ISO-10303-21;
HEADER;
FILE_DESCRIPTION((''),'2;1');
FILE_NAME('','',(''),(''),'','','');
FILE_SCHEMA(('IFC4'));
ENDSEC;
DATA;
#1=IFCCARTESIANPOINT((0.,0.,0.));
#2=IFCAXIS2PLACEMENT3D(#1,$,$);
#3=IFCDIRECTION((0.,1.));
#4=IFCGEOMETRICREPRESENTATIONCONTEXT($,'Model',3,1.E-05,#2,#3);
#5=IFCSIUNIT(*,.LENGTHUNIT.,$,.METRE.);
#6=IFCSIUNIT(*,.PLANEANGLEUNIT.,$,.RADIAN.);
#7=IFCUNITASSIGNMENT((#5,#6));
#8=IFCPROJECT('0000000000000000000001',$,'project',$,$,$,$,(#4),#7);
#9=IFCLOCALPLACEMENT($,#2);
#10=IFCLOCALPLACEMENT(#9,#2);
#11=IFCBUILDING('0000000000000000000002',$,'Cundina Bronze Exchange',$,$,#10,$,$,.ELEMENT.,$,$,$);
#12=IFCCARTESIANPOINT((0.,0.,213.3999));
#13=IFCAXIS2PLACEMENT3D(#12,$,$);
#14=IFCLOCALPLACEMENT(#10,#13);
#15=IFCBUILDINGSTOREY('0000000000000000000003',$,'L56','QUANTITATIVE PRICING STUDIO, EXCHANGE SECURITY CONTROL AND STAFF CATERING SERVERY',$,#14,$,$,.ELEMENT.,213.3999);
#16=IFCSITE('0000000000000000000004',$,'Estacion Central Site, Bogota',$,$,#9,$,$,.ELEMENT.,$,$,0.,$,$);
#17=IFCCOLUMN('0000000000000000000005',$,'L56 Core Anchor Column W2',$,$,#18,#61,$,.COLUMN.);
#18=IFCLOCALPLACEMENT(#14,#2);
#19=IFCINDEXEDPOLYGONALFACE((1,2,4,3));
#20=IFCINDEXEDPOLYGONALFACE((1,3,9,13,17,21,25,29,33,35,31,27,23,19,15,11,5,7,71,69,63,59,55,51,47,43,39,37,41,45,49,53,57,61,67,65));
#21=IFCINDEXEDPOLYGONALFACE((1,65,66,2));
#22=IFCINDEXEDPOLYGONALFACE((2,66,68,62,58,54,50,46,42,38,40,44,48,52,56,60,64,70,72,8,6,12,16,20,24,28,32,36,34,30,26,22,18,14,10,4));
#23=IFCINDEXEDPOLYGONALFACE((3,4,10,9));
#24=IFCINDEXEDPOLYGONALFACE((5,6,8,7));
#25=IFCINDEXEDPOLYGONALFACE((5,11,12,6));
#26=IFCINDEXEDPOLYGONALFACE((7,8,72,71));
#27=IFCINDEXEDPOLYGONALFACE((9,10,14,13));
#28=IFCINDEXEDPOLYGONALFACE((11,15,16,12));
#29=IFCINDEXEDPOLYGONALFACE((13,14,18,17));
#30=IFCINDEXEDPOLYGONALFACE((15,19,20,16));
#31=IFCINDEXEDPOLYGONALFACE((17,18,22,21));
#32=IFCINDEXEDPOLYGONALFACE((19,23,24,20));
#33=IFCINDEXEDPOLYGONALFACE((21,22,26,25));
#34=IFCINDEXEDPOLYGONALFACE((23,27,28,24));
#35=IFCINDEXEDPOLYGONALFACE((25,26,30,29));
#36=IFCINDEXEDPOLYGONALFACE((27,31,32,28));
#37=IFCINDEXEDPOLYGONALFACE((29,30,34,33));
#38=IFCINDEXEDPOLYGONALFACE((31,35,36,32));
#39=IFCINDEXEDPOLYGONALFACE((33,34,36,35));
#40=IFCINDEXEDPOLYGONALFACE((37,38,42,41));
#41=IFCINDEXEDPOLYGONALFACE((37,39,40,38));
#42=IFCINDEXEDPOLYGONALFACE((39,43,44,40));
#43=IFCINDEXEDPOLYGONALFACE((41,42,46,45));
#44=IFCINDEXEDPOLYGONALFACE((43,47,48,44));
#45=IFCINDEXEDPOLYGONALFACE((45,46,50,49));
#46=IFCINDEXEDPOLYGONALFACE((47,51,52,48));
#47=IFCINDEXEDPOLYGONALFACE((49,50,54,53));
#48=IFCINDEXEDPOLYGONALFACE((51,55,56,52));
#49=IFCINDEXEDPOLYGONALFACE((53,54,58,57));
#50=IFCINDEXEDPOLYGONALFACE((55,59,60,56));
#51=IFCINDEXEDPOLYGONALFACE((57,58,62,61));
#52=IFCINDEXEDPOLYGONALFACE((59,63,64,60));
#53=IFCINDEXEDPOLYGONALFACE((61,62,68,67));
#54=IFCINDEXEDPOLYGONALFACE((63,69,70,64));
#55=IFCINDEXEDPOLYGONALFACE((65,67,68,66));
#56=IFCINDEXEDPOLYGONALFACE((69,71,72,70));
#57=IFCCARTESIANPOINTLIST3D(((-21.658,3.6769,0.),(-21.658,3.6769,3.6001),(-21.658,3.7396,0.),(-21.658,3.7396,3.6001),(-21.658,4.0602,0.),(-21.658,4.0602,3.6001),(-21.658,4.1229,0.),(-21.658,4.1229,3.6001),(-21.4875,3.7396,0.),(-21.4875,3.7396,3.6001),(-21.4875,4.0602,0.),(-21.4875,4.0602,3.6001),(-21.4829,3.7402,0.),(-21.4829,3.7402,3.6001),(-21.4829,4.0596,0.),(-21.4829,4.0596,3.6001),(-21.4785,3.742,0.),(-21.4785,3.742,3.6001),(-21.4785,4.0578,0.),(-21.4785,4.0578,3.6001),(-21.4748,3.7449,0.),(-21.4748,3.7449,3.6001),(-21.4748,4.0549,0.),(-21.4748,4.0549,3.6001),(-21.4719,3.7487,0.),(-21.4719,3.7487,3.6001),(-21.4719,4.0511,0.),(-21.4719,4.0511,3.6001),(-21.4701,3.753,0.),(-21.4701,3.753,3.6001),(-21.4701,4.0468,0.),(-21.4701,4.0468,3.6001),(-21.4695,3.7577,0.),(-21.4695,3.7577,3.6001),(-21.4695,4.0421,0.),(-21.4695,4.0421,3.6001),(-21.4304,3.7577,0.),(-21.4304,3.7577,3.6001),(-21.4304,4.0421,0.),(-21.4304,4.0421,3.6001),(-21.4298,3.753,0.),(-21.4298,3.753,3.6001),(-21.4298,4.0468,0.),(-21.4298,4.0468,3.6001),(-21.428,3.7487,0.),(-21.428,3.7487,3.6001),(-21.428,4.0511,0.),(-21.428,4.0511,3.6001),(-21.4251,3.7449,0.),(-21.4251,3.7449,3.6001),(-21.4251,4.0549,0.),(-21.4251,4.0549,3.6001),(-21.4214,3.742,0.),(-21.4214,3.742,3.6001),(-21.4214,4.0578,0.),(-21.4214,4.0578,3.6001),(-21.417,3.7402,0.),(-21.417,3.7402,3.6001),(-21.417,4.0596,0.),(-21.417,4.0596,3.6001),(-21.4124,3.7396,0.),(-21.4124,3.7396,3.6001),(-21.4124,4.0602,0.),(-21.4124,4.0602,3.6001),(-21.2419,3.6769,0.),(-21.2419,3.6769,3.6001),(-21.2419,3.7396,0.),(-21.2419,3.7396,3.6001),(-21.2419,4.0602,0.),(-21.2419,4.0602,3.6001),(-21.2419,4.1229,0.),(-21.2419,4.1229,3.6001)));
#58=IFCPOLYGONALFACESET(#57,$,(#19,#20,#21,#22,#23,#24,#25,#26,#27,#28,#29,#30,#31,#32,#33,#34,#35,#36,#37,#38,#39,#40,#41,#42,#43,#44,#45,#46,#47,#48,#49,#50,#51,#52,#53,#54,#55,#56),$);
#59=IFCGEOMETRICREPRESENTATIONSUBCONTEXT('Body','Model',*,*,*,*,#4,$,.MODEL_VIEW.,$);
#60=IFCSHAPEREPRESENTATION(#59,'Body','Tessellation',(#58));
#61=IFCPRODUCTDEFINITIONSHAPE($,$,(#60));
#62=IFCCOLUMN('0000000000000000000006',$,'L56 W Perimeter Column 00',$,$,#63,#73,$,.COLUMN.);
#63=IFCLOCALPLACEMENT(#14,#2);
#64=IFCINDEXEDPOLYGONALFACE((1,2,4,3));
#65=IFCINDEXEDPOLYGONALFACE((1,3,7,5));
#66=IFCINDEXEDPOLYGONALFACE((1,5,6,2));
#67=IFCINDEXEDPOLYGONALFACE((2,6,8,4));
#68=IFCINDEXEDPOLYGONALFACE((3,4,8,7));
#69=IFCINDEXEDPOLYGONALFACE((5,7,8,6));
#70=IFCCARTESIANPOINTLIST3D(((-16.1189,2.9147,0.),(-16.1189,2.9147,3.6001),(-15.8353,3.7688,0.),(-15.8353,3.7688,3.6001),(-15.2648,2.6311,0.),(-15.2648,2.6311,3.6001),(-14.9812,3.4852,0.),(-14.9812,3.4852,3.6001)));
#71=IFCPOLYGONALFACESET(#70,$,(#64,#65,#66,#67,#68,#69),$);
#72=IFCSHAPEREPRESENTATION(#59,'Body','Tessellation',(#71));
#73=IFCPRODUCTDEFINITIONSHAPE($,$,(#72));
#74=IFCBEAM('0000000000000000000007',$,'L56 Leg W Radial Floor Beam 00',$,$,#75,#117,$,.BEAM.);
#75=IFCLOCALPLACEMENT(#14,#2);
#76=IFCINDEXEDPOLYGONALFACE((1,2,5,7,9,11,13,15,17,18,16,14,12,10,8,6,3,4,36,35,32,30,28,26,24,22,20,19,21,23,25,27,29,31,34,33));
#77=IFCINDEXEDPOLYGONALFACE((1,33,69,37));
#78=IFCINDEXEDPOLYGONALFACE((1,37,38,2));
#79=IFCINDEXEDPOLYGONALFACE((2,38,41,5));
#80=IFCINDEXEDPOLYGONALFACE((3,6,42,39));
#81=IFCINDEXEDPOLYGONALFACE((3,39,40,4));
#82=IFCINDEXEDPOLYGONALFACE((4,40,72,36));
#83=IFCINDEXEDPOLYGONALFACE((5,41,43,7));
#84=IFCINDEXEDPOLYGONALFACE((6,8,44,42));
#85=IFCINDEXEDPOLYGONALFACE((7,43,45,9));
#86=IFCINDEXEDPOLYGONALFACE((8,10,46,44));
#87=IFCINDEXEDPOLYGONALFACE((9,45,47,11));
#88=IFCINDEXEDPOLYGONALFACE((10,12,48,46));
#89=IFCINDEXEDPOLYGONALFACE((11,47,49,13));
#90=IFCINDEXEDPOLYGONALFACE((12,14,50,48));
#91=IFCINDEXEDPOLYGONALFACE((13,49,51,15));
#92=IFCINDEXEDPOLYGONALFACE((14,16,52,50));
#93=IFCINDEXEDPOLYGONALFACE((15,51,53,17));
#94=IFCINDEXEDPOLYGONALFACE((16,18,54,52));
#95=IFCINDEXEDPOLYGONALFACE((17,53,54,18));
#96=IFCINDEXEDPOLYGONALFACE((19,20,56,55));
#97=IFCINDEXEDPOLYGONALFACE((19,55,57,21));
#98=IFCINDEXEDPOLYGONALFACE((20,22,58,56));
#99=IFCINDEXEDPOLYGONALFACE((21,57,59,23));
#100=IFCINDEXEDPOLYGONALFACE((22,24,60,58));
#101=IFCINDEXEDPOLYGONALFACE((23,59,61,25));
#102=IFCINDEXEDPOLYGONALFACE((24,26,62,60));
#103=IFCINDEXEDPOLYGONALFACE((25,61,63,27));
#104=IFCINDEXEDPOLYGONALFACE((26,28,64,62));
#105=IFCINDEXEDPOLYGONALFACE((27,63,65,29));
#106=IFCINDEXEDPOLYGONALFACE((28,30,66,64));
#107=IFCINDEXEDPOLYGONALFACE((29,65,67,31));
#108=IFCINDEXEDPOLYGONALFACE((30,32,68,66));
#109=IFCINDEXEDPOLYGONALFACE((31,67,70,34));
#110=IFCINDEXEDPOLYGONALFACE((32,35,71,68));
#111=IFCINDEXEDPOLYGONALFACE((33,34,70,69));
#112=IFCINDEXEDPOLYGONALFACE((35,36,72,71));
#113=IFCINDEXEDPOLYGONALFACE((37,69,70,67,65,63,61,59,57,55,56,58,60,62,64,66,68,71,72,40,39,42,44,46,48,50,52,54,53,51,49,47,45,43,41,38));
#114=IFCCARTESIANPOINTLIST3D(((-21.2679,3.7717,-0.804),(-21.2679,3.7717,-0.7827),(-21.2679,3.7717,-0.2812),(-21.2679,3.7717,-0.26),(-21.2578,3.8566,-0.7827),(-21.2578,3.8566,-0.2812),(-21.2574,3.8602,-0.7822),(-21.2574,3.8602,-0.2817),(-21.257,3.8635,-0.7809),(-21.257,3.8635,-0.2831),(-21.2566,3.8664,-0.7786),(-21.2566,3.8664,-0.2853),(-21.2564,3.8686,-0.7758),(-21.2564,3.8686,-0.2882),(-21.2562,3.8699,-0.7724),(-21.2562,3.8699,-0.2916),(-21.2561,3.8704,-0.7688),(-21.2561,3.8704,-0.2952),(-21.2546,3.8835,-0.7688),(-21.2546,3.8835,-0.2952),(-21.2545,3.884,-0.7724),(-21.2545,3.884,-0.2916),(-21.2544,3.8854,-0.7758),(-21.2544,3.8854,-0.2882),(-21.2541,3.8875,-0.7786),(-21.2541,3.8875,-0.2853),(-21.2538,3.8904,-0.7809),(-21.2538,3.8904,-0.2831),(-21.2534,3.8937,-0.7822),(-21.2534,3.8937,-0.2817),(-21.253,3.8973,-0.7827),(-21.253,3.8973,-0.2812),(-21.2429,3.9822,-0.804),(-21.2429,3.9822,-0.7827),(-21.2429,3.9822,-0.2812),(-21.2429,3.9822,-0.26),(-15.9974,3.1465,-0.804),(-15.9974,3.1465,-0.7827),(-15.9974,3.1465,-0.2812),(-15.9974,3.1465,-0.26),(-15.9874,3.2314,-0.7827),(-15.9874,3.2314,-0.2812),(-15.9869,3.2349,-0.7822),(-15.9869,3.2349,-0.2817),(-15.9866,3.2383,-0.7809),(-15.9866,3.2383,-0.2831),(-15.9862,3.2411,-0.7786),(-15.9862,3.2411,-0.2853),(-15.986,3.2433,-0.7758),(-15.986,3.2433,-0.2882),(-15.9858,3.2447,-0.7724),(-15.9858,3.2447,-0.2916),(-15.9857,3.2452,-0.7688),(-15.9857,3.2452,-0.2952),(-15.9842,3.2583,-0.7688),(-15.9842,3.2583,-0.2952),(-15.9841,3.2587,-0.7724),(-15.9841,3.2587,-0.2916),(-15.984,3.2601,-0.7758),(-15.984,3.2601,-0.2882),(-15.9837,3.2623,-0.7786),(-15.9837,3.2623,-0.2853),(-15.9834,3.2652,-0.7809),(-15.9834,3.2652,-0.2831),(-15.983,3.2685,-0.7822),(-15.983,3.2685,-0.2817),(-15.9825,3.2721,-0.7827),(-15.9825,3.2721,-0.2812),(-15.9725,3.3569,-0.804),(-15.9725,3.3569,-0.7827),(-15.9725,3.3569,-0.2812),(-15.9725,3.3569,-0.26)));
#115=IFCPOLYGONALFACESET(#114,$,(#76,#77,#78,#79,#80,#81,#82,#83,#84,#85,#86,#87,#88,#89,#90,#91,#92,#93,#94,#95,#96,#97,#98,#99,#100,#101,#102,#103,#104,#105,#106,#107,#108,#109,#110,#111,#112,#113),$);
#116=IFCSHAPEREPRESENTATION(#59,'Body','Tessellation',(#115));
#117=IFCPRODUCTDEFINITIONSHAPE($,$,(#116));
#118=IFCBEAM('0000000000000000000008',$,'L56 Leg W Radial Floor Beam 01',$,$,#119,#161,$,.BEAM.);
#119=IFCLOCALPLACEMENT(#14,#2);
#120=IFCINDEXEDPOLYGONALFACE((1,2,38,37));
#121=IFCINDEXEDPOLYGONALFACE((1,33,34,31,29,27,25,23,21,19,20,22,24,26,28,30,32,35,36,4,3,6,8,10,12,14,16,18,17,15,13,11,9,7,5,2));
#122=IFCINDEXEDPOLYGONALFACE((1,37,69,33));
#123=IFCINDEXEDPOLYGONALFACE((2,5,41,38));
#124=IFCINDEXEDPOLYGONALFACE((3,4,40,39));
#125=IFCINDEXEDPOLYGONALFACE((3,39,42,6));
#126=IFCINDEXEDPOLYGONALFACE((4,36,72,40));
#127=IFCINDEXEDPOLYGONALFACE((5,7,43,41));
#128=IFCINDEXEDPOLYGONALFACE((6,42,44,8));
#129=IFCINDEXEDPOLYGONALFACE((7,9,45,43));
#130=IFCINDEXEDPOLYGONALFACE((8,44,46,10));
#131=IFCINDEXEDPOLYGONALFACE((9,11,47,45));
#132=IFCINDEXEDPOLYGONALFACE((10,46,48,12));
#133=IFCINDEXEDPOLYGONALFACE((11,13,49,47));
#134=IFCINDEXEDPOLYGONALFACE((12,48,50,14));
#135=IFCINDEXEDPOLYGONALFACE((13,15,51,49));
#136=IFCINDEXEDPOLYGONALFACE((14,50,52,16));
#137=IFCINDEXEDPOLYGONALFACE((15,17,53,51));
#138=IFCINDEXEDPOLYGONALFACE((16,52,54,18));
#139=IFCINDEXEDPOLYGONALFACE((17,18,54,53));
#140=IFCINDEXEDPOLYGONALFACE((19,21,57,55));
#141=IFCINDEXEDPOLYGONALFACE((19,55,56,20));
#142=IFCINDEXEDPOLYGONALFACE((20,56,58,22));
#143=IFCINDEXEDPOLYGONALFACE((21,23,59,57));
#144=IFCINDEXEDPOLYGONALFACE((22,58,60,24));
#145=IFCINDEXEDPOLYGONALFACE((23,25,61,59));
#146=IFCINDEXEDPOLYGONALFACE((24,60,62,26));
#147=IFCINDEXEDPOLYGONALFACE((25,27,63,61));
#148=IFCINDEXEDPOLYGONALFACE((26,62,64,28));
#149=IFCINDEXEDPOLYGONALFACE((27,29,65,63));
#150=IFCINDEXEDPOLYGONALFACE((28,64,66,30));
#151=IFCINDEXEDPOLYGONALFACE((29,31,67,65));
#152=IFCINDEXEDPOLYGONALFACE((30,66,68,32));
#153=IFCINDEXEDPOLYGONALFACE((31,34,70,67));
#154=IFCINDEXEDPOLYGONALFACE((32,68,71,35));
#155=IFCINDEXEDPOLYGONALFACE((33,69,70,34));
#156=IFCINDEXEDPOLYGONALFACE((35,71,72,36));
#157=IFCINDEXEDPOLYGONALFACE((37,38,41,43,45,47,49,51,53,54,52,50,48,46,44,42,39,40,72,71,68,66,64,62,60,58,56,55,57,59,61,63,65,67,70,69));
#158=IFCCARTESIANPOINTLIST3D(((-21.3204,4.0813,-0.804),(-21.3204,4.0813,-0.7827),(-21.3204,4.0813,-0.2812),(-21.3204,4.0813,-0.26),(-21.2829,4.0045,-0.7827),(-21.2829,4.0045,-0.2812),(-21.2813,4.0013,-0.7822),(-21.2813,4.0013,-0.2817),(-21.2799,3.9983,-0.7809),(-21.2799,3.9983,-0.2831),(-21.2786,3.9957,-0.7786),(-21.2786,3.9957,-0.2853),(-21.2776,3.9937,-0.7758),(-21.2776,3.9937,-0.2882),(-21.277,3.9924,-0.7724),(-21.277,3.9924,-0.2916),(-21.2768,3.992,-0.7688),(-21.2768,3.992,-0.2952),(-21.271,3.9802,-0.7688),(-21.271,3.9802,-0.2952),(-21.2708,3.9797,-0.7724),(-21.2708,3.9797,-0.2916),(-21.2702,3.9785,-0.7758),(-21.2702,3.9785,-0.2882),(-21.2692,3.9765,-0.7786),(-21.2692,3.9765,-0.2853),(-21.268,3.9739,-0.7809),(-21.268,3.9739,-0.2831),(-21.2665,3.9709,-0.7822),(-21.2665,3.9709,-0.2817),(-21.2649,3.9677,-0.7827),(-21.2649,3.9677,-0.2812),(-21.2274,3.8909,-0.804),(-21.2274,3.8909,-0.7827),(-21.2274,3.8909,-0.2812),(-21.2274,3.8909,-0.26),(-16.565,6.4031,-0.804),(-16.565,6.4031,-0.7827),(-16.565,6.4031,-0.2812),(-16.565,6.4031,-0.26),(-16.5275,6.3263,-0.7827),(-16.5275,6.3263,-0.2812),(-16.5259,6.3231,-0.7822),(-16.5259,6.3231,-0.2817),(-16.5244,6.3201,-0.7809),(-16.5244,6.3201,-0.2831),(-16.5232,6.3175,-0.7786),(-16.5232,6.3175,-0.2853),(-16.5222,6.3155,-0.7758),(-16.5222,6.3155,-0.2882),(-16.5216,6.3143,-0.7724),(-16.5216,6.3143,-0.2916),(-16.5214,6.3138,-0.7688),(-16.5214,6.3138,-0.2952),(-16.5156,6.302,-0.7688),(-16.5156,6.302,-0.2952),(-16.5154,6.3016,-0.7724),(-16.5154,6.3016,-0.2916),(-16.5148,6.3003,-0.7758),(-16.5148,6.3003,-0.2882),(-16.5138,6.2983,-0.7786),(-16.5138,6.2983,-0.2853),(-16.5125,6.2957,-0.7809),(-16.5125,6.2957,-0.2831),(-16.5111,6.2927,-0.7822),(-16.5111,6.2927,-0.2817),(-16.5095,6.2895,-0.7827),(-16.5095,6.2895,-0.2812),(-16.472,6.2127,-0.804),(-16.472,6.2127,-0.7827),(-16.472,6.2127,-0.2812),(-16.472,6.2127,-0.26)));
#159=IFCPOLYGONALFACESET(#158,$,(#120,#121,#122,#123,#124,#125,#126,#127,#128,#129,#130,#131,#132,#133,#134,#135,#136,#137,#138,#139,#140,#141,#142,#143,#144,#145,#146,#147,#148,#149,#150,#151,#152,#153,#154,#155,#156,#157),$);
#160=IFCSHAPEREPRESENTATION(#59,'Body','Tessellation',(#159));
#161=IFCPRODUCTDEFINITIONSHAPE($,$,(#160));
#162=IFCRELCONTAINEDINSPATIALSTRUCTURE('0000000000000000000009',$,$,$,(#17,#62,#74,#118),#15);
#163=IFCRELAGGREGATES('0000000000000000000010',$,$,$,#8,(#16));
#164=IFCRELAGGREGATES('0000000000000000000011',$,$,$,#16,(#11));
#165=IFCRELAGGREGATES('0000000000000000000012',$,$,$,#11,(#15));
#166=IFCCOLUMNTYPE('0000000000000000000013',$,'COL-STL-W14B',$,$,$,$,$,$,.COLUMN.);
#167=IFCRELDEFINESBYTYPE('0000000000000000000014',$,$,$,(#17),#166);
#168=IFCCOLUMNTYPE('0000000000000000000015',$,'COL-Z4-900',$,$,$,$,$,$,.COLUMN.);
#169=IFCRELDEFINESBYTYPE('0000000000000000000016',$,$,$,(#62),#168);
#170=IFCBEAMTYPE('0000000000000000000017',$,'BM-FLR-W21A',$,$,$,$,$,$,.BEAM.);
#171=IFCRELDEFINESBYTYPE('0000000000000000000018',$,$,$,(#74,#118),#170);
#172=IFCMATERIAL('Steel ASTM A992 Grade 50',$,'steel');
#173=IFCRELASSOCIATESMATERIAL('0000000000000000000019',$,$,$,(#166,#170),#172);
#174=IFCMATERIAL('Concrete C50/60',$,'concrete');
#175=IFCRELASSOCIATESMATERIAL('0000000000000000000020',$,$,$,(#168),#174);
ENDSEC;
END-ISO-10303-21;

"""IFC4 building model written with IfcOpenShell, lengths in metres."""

from ifc_helpers import new_model, si_unit, direction, frame, origin, origin_2d, place, context, subcontext, project, spatial, rectangle, i_section, extrude, material, material_profile, profile_set, type_object, element, save


model = new_model("IFC4")

# Units and contexts
model_context = context("Model", 3, precision=1e-05, world=origin(), true_north=direction((0.0, 1.0)))
body_context = subcontext(model_context, "Body", "Model", "MODEL_VIEW")
ifc_project = project(units=[si_unit("LENGTHUNIT", "METRE"), si_unit("PLANEANGLEUNIT", "RADIAN")], contexts=[model_context])

# Site, building, storey
site_placement = place(None, origin())
site = spatial("IfcSite", under=ifc_project, at=site_placement, Name="Estacion Central Site, Bogota", CompositionType="ELEMENT", RefElevation=0.0)
building_placement = place(site_placement, origin())
building = spatial("IfcBuilding", under=site, at=building_placement, Name="Cundina Bronze Exchange", CompositionType="ELEMENT")
storey_placement = place(building_placement, frame((0.0, 0.0, 213.3999)))
storey = spatial("IfcBuildingStorey", under=building, at=storey_placement, Name="L56", Description="QUANTITATIVE PRICING STUDIO, EXCHANGE SECURITY CONTROL AND STAFF CATERING SERVERY", CompositionType="ELEMENT", Elevation=213.3999)

# Columns
ifc_material_1 = material(Name="Steel ASTM A992 Grade 50", Category="steel")
ifc_material_profile_1 = material_profile(ifc_material_1, i_section(OverallWidth=0.416, OverallDepth=0.446, WebThickness=0.0391, FlangeThickness=0.0627, FilletRadius=0.0181, at=origin_2d()), Name="W14X342", Category="steel")
ifc_profile_set_1 = profile_set([ifc_material_profile_1], Name="Steel ASTM A992 Grade 50")
column_type_1 = type_object("IfcColumnType", Name="COL-STL-W14B", PredefinedType="COLUMN", material=ifc_profile_set_1)
column_1_placement = place(storey_placement, frame((-21.45, 3.8999, 0.0), z_axis=(0.0, 0.0, 1.0), x_axis=(1.0, 0.0, 0.0)))
element("IfcColumn", 1, at=column_1_placement, inside=storey, type_object=column_type_1, Name="L56 Core Anchor Column W2", PredefinedType="COLUMN", context=body_context, shape_type="SweptSolid", body=[
    extrude(i_section(OverallWidth=0.416, OverallDepth=0.446, WebThickness=0.0391, FlangeThickness=0.0627, FilletRadius=0.0181, at=origin_2d()), origin(), (0.0, 0.0, 1.0), 3.6001),
])
ifc_material_2 = material(Name="Concrete C50/60", Category="concrete")
ifc_material_profile_2 = material_profile(ifc_material_2, rectangle(XDim=0.8999, YDim=0.8999, at=origin_2d()), Name="RC900X900", Category="concrete")
ifc_profile_set_2 = profile_set([ifc_material_profile_2], Name="Concrete C50/60")
column_type_2 = type_object("IfcColumnType", Name="COL-Z4-900", PredefinedType="COLUMN", material=ifc_profile_set_2)
column_2_placement = place(storey_placement, frame((-15.55, 3.2, 0.0), z_axis=(0.0, 0.0, 1.0), x_axis=(0.315152, 0.949041, 0.0)))
element("IfcColumn", 2, at=column_2_placement, inside=storey, type_object=column_type_2, Name="L56 W Perimeter Column 00", PredefinedType="COLUMN", context=body_context, shape_type="SweptSolid", body=[
    extrude(rectangle(XDim=0.8999, YDim=0.8999, at=origin_2d()), origin(), (0.0, 0.0, 1.0), 3.6001),
])

# Beams
ifc_material_profile_3 = material_profile(ifc_material_1, i_section(OverallWidth=0.2119, OverallDepth=0.5439, WebThickness=0.0132, FlangeThickness=0.0212, FilletRadius=0.0139, at=origin_2d()), Name="W21X83", Category="steel")
ifc_profile_set_3 = profile_set([ifc_material_profile_3], Name="Steel ASTM A992 Grade 50")
beam_type_1 = type_object("IfcBeamType", Name="BM-FLR-W21A", PredefinedType="BEAM", material=ifc_profile_set_3)
beam_1_placement = place(storey_placement, frame((-21.2554, 3.877, -0.532), z_axis=(0.993037, -0.117805, 0.0), x_axis=(0.117805, 0.993037, 0.0)))
element("IfcBeam", 3, at=beam_1_placement, inside=storey, type_object=beam_type_1, Name="L56 Leg W Radial Floor Beam 00", PredefinedType="BEAM", context=body_context, shape_type="SweptSolid", body=[
    extrude(i_section(OverallWidth=0.2119, OverallDepth=0.5439, WebThickness=0.0132, FlangeThickness=0.0212, FilletRadius=0.0139, at=origin_2d()), origin(), (0.0, 0.0, 1.0), 5.3074),
])
beam_2_placement = place(storey_placement, frame((-21.2739, 3.9861, -0.532), z_axis=(0.898613, 0.438742, 0.0), x_axis=(-0.438742, 0.898613, 0.0)))
element("IfcBeam", 4, at=beam_2_placement, inside=storey, type_object=beam_type_1, Name="L56 Leg W Radial Floor Beam 01", PredefinedType="BEAM", context=body_context, shape_type="SweptSolid", body=[
    extrude(i_section(OverallWidth=0.2119, OverallDepth=0.5439, WebThickness=0.0132, FlangeThickness=0.0212, FilletRadius=0.0139, at=origin_2d()), origin(), (0.0, 0.0, 1.0), 5.292),
])

save(model, "model.ifc")
